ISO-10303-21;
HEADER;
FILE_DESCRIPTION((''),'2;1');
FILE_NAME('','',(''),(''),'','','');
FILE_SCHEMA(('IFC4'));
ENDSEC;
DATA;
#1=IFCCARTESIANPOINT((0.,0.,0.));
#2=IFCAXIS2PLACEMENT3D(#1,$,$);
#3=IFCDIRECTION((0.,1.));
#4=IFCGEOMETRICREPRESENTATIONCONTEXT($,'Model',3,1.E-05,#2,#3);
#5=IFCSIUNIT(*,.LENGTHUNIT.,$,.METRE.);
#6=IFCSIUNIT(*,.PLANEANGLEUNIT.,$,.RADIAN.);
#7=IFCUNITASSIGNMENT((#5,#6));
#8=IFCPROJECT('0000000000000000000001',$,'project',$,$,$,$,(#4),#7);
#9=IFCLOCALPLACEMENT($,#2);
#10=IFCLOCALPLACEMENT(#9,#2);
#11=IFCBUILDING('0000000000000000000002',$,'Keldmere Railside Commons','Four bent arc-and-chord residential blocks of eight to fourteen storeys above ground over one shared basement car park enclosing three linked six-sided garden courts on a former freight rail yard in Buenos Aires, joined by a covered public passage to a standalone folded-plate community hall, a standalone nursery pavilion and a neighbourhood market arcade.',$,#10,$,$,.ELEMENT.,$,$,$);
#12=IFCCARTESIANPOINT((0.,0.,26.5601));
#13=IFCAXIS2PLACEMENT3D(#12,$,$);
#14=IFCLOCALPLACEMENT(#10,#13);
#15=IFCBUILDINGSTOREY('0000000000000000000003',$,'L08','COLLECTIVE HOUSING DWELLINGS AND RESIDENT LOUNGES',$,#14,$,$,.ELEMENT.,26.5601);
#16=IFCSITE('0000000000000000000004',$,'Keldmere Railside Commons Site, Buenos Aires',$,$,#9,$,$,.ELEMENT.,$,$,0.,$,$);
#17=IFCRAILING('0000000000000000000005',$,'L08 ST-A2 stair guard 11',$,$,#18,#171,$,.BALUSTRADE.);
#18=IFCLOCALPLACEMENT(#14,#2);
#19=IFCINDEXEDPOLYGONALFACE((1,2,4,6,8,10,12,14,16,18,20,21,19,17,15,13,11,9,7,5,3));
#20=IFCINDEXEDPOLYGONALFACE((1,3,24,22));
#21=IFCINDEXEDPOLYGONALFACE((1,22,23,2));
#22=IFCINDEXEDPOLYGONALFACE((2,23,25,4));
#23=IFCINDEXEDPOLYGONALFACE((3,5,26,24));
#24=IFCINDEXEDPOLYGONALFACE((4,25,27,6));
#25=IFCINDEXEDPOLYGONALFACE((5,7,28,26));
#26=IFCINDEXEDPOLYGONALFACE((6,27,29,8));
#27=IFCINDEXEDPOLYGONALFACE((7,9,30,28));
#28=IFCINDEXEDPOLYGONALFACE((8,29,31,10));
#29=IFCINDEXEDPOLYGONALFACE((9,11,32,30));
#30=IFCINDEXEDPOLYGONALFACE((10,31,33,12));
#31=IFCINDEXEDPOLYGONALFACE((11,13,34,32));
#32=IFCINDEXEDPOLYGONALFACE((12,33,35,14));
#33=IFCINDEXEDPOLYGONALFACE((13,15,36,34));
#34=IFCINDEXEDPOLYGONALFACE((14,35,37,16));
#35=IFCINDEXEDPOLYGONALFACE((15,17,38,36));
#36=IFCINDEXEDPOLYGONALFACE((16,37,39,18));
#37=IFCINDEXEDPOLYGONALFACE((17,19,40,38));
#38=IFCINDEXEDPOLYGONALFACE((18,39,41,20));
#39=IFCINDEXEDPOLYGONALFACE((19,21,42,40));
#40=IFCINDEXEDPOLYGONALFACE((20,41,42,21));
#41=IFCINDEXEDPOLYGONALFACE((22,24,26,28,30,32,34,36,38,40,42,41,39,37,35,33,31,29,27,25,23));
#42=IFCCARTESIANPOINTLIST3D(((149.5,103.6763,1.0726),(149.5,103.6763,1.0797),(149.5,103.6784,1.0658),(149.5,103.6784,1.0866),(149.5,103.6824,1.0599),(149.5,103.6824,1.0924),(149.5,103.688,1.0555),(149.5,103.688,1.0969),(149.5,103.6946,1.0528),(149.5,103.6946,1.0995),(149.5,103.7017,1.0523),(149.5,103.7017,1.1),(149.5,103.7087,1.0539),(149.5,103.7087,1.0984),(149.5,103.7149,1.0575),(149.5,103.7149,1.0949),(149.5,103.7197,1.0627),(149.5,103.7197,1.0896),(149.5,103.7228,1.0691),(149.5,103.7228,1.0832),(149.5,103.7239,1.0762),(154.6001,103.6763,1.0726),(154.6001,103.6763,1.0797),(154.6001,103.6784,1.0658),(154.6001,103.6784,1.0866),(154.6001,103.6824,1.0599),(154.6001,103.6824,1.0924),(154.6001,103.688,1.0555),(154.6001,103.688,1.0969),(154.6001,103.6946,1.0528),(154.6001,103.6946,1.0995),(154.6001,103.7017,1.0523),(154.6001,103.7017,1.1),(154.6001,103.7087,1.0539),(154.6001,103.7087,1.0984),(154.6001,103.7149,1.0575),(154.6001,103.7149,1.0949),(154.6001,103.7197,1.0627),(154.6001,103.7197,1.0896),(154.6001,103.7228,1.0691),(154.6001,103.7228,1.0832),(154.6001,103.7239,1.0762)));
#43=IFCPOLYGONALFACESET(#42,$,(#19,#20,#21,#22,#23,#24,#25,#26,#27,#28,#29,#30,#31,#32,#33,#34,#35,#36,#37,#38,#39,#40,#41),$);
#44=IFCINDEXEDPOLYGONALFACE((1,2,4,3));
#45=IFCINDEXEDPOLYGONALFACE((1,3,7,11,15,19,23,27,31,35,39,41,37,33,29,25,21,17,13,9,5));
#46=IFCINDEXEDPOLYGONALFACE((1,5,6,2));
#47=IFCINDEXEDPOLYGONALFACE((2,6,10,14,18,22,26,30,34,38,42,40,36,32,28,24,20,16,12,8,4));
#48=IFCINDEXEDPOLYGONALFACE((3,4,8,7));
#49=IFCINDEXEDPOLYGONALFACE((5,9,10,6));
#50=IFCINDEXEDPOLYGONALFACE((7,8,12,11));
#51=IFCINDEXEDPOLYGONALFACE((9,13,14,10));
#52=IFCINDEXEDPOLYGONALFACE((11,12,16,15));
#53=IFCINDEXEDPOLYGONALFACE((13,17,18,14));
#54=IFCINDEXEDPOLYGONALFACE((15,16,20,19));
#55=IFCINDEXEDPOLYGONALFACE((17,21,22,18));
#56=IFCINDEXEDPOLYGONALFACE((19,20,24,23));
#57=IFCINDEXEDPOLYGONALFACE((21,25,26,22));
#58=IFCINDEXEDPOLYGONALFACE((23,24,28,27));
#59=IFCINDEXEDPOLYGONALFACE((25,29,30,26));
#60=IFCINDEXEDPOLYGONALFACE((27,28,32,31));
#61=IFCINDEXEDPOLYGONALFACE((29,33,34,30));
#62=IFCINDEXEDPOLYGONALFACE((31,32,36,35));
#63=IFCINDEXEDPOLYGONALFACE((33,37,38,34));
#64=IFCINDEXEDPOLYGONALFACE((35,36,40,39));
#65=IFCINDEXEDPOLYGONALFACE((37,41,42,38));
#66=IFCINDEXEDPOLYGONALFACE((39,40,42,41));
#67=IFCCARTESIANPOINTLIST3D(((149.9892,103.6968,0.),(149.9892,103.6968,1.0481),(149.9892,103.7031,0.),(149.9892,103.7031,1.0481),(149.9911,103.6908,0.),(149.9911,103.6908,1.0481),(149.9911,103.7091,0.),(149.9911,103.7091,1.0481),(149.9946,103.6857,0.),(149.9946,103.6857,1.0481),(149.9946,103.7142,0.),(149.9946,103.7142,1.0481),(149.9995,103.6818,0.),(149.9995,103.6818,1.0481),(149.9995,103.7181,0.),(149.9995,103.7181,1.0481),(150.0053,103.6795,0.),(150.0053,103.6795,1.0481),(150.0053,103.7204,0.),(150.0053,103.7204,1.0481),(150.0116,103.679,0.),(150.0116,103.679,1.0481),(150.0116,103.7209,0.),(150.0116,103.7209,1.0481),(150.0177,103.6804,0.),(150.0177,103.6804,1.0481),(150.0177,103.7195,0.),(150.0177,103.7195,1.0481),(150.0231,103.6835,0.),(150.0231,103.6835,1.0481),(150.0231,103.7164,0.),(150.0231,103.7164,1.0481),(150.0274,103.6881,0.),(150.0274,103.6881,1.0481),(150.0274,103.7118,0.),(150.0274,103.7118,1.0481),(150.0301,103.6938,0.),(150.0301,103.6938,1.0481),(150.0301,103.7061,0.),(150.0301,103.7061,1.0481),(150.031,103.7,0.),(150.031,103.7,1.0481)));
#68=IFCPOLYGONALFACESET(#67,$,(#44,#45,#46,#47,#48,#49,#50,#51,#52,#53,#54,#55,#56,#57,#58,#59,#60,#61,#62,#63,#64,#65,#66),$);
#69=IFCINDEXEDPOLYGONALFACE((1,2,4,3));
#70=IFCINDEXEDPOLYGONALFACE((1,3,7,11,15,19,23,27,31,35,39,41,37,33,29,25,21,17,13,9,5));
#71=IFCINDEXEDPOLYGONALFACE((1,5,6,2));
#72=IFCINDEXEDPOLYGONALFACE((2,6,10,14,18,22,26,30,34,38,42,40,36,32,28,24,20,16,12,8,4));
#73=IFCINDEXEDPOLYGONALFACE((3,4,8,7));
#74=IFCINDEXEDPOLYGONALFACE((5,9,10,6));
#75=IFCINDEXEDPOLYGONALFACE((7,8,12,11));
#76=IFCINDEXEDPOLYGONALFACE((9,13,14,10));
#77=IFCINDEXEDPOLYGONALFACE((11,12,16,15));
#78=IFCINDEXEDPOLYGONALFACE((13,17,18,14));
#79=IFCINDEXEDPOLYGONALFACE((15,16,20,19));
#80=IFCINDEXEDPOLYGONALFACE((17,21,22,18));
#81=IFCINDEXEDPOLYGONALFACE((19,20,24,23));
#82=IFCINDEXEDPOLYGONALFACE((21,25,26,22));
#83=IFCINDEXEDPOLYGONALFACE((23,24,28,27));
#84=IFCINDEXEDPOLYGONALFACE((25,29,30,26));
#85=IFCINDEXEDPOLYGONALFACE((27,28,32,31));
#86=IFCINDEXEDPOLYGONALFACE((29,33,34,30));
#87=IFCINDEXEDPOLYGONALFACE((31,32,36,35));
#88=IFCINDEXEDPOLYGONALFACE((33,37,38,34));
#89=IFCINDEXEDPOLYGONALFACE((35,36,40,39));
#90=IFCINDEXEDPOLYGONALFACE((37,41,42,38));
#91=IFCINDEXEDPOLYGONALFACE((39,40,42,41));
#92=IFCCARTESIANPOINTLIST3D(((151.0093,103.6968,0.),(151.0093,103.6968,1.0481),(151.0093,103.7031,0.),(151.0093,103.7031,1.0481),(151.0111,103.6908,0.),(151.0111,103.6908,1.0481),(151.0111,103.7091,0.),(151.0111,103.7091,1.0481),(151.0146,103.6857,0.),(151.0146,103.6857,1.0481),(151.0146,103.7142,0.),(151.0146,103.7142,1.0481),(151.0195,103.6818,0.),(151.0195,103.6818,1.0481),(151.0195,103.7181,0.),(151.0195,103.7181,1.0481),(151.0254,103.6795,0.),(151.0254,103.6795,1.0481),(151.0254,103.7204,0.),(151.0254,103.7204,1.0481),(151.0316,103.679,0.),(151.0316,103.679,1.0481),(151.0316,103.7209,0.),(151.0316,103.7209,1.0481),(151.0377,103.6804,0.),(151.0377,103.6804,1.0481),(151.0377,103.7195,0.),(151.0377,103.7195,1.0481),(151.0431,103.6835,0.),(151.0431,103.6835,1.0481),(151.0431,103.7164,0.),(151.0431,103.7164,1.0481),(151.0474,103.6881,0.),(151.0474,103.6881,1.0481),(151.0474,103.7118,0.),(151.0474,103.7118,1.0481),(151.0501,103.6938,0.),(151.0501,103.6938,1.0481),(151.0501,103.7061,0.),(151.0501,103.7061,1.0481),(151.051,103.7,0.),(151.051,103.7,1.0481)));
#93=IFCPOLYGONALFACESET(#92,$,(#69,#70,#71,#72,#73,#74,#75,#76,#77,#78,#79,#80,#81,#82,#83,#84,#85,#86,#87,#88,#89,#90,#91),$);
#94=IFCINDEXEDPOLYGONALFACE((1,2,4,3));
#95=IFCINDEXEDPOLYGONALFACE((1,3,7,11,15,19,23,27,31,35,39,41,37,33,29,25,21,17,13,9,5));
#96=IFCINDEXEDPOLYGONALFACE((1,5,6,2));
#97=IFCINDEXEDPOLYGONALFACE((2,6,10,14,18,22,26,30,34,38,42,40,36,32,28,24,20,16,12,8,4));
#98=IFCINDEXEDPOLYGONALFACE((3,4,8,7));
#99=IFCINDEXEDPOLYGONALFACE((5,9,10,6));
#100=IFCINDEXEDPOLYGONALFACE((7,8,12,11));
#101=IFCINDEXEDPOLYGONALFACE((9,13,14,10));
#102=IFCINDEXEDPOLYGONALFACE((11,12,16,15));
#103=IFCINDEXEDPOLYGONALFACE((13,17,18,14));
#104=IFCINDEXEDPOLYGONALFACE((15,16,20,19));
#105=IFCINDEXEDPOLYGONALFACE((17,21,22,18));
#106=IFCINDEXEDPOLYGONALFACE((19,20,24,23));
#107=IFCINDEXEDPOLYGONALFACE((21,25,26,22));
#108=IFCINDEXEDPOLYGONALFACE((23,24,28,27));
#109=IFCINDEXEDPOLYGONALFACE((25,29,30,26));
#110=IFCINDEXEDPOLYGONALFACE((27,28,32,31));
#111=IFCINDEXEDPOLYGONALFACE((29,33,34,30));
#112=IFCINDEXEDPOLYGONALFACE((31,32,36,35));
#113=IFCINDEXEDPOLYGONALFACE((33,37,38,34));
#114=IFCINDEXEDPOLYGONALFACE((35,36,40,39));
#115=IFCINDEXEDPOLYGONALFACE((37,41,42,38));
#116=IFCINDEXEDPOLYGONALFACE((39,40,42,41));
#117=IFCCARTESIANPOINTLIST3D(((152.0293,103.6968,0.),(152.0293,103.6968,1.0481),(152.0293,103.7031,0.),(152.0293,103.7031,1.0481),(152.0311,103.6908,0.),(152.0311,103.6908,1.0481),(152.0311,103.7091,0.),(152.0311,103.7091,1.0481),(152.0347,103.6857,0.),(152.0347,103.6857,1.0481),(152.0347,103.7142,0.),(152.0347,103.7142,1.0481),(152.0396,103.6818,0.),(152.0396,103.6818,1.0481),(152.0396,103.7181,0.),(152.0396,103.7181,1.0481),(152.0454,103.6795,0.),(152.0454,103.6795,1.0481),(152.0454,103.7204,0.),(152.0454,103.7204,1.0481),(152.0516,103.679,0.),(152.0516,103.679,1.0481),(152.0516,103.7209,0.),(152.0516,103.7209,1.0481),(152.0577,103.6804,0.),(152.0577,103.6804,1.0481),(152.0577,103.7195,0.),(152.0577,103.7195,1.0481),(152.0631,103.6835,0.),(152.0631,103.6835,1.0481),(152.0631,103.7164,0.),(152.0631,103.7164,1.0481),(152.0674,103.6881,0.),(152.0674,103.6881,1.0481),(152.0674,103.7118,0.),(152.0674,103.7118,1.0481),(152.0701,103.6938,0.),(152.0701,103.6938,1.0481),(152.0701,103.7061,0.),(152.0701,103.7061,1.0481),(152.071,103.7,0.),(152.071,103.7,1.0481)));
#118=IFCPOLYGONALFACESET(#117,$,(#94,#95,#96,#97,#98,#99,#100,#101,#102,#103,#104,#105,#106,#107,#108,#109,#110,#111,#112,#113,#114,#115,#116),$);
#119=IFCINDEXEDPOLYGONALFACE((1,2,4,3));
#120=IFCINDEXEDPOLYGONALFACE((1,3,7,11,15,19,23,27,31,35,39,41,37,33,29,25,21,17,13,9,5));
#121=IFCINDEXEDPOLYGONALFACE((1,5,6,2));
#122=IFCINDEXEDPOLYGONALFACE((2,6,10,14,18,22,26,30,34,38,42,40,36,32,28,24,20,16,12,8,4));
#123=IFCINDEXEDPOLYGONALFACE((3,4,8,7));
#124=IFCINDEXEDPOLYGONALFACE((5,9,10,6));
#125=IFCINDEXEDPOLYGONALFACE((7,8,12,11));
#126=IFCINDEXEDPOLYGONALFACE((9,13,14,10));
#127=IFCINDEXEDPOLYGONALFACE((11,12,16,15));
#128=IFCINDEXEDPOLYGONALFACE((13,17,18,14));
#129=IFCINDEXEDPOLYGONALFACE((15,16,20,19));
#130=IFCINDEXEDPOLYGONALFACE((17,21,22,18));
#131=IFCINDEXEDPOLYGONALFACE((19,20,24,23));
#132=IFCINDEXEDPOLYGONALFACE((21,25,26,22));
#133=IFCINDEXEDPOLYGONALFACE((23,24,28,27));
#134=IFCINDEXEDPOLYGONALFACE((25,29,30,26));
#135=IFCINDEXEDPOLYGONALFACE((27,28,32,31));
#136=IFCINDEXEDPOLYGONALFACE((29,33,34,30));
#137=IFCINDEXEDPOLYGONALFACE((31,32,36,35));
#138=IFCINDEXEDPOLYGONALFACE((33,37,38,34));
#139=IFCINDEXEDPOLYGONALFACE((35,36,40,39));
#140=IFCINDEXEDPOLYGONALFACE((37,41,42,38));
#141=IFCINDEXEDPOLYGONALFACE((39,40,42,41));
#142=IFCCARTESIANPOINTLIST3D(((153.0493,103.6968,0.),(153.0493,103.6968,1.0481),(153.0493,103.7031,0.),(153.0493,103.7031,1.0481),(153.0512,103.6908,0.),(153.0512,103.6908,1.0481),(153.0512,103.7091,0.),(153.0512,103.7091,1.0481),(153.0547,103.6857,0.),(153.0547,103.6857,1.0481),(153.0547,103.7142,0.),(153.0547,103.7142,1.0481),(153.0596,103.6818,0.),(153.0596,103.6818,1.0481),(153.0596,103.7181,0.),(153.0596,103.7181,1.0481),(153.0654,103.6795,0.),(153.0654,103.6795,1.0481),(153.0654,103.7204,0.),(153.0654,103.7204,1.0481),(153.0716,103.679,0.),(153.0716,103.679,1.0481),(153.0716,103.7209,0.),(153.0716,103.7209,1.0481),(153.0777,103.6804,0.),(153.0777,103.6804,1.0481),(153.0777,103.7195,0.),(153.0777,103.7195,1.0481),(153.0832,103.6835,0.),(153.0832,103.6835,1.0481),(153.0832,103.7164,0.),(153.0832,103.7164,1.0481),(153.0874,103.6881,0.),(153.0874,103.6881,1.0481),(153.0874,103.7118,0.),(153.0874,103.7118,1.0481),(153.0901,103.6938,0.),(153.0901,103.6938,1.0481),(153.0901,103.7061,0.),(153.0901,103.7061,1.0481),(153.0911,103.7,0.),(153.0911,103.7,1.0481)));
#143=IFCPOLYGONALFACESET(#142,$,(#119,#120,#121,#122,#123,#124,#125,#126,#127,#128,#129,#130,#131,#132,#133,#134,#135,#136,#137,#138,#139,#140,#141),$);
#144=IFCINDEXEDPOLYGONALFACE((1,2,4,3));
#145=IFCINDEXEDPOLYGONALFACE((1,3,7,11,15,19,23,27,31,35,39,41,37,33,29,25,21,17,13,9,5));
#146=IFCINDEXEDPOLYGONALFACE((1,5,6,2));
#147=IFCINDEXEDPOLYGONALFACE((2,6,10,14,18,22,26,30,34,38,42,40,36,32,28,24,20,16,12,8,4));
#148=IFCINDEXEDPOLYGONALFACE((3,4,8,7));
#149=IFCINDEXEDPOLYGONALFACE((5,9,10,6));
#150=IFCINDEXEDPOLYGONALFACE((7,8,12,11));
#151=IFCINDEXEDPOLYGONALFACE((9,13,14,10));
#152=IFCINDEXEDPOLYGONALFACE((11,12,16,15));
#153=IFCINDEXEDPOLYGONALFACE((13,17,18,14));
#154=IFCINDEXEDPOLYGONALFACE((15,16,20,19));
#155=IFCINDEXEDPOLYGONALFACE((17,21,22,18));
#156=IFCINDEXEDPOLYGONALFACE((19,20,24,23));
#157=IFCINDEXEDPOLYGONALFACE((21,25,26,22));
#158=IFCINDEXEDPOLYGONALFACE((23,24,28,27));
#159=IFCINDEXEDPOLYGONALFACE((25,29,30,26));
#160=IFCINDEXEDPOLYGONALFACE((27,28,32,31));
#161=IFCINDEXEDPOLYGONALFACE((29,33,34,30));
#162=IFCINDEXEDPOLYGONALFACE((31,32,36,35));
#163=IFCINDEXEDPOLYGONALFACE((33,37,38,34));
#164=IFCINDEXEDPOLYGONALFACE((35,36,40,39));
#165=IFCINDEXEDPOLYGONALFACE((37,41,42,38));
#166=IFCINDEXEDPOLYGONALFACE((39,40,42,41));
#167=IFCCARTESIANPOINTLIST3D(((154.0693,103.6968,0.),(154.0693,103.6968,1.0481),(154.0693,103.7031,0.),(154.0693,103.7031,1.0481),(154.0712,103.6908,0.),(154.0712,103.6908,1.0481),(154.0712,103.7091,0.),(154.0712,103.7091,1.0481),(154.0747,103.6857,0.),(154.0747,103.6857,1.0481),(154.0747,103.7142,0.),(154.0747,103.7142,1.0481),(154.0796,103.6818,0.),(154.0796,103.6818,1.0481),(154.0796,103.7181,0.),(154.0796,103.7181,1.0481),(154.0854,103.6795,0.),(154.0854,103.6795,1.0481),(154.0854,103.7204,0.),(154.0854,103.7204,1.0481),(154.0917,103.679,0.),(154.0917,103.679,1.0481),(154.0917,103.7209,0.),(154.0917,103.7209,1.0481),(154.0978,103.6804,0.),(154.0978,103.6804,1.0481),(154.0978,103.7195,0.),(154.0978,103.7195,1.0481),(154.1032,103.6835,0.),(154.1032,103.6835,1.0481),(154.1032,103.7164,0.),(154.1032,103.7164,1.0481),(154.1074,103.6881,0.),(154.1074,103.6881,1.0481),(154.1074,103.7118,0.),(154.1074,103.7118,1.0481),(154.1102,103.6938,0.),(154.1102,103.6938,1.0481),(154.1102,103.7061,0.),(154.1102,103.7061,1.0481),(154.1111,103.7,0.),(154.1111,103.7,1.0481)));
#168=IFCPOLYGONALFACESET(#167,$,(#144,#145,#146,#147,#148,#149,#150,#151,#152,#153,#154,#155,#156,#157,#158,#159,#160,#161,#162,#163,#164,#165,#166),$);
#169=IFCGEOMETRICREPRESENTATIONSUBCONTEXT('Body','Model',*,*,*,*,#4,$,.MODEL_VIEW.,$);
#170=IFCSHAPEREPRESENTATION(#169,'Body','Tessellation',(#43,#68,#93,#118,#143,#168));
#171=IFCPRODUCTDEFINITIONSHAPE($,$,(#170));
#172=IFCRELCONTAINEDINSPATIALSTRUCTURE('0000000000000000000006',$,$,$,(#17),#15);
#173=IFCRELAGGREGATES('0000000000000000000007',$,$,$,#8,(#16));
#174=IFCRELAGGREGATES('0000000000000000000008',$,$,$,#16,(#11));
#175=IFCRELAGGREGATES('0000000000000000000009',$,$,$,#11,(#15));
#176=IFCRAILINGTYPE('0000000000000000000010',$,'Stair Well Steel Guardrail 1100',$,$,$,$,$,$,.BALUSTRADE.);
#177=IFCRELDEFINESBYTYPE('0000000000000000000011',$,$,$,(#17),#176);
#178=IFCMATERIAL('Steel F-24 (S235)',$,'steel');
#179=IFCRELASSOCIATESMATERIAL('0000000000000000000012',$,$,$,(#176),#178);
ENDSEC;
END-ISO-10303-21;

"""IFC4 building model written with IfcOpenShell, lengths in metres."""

from ifc_helpers import new_model, si_unit, direction, frame, origin, origin_2d, place, context, subcontext, project, spatial, circle, extrude, material, type_object, element, save


model = new_model("IFC4")

# Units and contexts
model_context = context("Model", 3, precision=1e-05, world=origin(), true_north=direction((0.0, 1.0)))
body_context = subcontext(model_context, "Body", "Model", "MODEL_VIEW")
ifc_project = project(units=[si_unit("LENGTHUNIT", "METRE"), si_unit("PLANEANGLEUNIT", "RADIAN")], contexts=[model_context])

# Site, building, storey
site_placement = place(None, origin())
site = spatial("IfcSite", under=ifc_project, at=site_placement, Name="Keldmere Railside Commons Site, Buenos Aires", CompositionType="ELEMENT", RefElevation=0.0)
building_placement = place(site_placement, origin())
building = spatial("IfcBuilding", under=site, at=building_placement, Name="Keldmere Railside Commons", Description="Four bent arc-and-chord residential blocks of eight to fourteen storeys above ground over one shared basement car park enclosing three linked six-sided garden courts on a former freight rail yard in Buenos Aires, joined by a covered public passage to a standalone folded-plate community hall, a standalone nursery pavilion and a neighbourhood market arcade.", CompositionType="ELEMENT")
storey_placement = place(building_placement, frame((0.0, 0.0, 26.5601)))
storey = spatial("IfcBuildingStorey", under=building, at=storey_placement, Name="L08", Description="COLLECTIVE HOUSING DWELLINGS AND RESIDENT LOUNGES", CompositionType="ELEMENT", Elevation=26.5601)

# Railing
ifc_material_1 = material(Name="Steel F-24 (S235)", Category="steel")
railing_type_1 = type_object("IfcRailingType", Name="Stair Well Steel Guardrail 1100", PredefinedType="BALUSTRADE", material=ifc_material_1)
for number, where, name in (
    (1, (149.5, 103.7, 0.0), "L08 ST-A2 stair guard 11"),
):
    element("IfcRailing", number, at=place(storey_placement, frame(where)), inside=storey, type_object=railing_type_1, Name=name, PredefinedType="BALUSTRADE", context=body_context, shape_type="SweptSolid", body=[
        extrude(circle(Radius=0.0239, at=origin_2d()), frame((0.0, 0.0, 1.0762), z_axis=(1.0, 0.0, 0.0), x_axis=(0.0, 1.0, 0.0)), (0.0, 0.0, 1.0), 5.1001),
        extrude(circle(Radius=0.021, at=origin_2d()), frame((0.51, 0.0, 0.0)), (0.0, 0.0, 1.0), 1.0481),
        extrude(circle(Radius=0.021, at=origin_2d()), frame((1.53, 0.0, 0.0)), (0.0, 0.0, 1.0), 1.0481),
        extrude(circle(Radius=0.021, at=origin_2d()), frame((2.55, 0.0, 0.0)), (0.0, 0.0, 1.0), 1.0481),
        extrude(circle(Radius=0.021, at=origin_2d()), frame((3.5701, 0.0, 0.0)), (0.0, 0.0, 1.0), 1.0481),
        extrude(circle(Radius=0.021, at=origin_2d()), frame((4.5901, 0.0, 0.0)), (0.0, 0.0, 1.0), 1.0481),
    ])

save(model, "model.ifc")
